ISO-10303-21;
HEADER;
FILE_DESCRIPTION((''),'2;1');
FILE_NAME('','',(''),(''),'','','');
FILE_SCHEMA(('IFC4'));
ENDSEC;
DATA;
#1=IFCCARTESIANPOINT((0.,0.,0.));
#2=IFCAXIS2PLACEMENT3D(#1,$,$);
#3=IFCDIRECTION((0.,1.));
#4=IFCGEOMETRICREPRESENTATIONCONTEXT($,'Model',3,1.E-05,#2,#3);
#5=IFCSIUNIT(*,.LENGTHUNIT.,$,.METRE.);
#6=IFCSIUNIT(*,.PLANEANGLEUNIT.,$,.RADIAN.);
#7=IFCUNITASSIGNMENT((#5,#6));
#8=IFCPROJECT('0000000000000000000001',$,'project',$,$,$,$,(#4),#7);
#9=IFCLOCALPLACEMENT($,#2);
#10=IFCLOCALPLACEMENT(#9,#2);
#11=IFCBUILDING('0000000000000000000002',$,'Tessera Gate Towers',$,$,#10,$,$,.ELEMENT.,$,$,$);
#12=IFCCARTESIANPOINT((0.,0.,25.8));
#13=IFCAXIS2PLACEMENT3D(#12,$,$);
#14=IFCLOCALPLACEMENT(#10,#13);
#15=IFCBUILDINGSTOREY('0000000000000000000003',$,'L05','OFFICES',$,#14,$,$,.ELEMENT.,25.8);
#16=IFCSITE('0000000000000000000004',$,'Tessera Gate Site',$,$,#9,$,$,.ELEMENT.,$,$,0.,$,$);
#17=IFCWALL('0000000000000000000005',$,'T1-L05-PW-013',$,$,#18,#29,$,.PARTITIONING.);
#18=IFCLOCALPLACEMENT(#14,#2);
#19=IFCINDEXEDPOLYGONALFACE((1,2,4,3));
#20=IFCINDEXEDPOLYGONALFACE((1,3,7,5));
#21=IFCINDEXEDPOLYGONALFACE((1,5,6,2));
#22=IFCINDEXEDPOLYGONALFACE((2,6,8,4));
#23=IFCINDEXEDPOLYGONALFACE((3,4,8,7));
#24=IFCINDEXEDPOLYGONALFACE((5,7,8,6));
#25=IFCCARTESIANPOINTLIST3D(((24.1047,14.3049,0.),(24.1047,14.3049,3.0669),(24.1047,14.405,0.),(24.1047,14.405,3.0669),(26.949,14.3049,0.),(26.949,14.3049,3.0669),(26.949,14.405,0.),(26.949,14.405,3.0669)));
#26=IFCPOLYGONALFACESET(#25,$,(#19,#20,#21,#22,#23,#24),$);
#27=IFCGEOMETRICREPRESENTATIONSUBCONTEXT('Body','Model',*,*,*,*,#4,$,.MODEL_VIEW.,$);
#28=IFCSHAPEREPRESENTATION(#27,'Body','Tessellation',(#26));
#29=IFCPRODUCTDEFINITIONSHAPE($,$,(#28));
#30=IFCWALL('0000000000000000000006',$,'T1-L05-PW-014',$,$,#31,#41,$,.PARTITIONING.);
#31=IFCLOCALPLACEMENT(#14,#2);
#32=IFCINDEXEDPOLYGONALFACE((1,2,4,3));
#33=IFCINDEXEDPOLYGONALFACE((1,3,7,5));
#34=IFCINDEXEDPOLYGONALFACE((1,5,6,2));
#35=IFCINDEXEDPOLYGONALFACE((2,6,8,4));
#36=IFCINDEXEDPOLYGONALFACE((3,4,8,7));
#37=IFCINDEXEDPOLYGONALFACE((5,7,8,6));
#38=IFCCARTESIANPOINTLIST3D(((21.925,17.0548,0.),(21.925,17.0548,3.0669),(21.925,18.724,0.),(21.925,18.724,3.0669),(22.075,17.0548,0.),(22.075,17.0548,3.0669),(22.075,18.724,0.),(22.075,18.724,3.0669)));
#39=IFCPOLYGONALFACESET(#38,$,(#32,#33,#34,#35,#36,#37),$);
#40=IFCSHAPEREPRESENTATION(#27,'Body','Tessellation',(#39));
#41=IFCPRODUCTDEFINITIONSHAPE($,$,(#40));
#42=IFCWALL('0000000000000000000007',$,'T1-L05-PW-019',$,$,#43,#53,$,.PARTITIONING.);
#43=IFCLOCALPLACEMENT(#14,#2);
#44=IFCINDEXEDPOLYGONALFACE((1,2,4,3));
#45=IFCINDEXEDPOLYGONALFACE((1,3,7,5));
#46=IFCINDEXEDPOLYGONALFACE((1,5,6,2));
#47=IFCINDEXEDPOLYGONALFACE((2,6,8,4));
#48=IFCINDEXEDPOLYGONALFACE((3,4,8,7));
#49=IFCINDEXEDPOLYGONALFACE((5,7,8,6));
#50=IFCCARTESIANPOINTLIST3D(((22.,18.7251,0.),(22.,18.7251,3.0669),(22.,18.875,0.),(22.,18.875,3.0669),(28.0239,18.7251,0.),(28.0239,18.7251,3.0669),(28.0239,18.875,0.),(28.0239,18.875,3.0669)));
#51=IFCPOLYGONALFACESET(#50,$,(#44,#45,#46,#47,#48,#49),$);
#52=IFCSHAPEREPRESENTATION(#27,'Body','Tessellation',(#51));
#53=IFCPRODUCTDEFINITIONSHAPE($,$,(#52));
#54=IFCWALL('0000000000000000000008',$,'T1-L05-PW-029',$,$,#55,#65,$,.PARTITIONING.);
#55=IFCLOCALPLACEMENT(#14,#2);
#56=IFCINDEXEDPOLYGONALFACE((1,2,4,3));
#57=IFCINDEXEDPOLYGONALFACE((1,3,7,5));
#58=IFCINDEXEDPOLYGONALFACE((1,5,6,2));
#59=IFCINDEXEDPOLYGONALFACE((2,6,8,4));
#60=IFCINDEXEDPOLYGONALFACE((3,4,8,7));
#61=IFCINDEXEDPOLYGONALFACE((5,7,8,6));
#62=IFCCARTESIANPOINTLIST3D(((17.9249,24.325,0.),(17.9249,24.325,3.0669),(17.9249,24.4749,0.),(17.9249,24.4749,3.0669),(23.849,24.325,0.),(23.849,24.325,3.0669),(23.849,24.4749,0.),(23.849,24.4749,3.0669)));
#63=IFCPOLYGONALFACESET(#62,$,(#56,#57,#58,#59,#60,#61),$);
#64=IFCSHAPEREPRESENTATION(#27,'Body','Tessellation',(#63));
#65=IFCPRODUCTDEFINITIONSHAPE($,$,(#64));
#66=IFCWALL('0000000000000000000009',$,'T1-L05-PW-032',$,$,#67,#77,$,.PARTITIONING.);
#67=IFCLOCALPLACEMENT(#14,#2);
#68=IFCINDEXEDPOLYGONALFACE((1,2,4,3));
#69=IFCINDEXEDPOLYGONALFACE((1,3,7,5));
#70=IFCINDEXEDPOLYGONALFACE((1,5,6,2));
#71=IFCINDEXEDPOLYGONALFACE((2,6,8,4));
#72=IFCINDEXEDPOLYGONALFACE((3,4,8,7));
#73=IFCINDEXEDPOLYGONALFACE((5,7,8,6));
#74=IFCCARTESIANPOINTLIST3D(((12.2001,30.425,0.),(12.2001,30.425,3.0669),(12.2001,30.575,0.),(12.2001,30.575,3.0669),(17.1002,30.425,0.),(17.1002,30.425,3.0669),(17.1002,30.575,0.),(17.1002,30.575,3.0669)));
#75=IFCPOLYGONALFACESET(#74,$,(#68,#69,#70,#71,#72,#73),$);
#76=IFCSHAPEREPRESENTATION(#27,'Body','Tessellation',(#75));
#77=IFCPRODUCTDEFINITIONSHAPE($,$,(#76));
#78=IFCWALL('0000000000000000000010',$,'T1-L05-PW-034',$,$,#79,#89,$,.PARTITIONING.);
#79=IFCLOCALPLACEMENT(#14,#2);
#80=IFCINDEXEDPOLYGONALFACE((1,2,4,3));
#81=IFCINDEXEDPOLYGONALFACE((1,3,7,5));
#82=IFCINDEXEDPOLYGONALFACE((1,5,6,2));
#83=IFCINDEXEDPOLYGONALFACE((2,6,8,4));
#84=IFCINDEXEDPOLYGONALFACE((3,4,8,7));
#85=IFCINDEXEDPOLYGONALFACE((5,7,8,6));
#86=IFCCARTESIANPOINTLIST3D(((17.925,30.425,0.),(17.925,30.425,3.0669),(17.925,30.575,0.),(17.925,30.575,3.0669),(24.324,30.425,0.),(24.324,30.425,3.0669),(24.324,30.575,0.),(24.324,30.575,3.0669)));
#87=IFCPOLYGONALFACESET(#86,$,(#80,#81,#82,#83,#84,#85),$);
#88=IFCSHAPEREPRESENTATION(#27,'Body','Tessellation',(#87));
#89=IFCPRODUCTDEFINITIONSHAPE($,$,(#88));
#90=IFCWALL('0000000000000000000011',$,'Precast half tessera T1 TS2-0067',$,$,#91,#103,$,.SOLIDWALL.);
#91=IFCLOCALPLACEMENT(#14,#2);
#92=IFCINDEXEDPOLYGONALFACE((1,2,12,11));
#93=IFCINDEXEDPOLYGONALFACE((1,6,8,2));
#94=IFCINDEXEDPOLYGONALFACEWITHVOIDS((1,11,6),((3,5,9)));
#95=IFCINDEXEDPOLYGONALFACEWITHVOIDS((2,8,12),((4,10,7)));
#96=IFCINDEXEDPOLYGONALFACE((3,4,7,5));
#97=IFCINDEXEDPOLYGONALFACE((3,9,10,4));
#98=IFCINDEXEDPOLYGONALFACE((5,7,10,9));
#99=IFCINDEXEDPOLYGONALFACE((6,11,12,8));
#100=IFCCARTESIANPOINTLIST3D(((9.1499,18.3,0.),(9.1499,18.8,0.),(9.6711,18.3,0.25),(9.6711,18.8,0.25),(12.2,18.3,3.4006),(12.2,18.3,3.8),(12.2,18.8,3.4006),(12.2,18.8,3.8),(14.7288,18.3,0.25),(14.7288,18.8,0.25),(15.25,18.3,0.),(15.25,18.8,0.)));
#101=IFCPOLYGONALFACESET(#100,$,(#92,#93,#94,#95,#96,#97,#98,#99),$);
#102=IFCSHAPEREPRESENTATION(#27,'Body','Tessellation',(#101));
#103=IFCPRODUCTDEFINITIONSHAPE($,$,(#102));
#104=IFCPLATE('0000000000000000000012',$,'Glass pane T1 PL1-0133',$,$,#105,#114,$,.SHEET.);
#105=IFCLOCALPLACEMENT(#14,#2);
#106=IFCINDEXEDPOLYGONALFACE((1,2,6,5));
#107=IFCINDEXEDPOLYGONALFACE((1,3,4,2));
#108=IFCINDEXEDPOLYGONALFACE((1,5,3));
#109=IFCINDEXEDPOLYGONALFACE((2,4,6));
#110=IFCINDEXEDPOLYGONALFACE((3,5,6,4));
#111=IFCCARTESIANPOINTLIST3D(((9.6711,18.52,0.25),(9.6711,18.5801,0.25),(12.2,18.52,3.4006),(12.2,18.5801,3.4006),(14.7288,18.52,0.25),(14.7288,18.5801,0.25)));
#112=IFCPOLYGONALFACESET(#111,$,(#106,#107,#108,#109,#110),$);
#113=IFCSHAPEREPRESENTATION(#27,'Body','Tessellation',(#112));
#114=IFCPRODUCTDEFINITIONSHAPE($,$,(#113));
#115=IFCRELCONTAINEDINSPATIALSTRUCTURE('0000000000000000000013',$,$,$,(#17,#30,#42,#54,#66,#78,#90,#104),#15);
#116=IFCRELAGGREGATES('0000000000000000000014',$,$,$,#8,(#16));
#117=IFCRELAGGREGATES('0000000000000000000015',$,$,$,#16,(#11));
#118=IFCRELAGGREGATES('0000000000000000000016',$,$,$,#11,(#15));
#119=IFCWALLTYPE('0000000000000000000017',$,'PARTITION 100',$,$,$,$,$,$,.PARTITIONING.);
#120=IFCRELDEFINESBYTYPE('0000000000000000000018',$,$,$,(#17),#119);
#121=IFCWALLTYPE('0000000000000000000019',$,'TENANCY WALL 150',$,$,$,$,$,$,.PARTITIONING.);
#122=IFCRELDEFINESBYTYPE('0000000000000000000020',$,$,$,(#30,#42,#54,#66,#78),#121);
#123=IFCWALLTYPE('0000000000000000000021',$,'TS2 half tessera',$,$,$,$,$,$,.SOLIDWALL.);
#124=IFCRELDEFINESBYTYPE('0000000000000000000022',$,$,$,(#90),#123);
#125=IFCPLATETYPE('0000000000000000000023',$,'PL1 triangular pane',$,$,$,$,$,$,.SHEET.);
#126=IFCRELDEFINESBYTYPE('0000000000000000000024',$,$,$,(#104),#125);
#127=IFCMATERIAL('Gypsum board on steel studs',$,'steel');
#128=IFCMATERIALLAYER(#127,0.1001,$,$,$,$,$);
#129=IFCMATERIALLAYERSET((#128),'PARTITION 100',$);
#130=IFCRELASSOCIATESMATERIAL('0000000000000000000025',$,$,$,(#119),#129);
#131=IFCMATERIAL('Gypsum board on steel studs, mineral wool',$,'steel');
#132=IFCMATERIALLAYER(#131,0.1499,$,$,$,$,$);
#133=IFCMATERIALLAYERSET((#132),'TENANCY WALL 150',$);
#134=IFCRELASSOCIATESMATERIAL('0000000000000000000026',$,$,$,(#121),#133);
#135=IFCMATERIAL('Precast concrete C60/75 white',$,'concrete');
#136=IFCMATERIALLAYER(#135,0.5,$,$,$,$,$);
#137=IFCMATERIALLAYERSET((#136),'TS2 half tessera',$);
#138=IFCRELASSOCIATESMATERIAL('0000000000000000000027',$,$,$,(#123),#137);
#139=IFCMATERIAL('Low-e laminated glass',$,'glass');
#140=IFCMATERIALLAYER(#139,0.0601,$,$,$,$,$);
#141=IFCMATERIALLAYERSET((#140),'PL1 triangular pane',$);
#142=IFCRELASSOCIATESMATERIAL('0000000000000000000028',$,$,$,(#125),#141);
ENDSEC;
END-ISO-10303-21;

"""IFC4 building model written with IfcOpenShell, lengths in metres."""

from ifc_helpers import new_model, si_unit, direction, frame, frame_2d, origin, place, context, subcontext, project, spatial, polyline, rectangle, outline, extrude, source, transform, mapped, material, layer, layer_set, type_object, element, fill, save


model = new_model("IFC4")

# Units and contexts
model_context = context("Model", 3, precision=1e-05, world=origin(), true_north=direction((0.0, 1.0)))
body_context = subcontext(model_context, "Body", "Model", "MODEL_VIEW")
ifc_project = project(units=[si_unit("LENGTHUNIT", "METRE"), si_unit("PLANEANGLEUNIT", "RADIAN")], contexts=[model_context])

# Site, building, storey
site_placement = place(None, origin())
site = spatial("IfcSite", under=ifc_project, at=site_placement, Name="Tessera Gate Site", CompositionType="ELEMENT", RefElevation=0.0)
building_placement = place(site_placement, origin())
building = spatial("IfcBuilding", under=site, at=building_placement, Name="Tessera Gate Towers", CompositionType="ELEMENT")
storey_placement = place(building_placement, frame((0.0, 0.0, 25.8)))
storey = spatial("IfcBuildingStorey", under=building, at=storey_placement, Name="L05", Description="OFFICES", CompositionType="ELEMENT", Elevation=25.8)

# Walls
ifc_material_1 = material(Name="Gypsum board on steel studs", Category="steel")
ifc_layer_1 = layer(ifc_material_1, 0.1001)
ifc_layer_set_1 = layer_set([ifc_layer_1], Name="PARTITION 100")
wall_type_1 = type_object("IfcWallType", Name="PARTITION 100", PredefinedType="PARTITIONING", material=ifc_layer_set_1)
wall_1_placement = place(storey_placement, frame((24.1047, 14.355, 0.0), z_axis=(0.0, 0.0, 1.0), x_axis=(1.0, 0.0, 0.0)))
element("IfcWall", 1, at=wall_1_placement, inside=storey, type_object=wall_type_1, Name="T1-L05-PW-013", PredefinedType="PARTITIONING", context=body_context, shape_type="SweptSolid", body=[
    extrude(rectangle(XDim=2.8442, YDim=0.1001, at=frame_2d((1.4221, 0.0))), origin(), (0.0, 0.0, 1.0), 3.0669),
])
ifc_material_2 = material(Name="Gypsum board on steel studs, mineral wool", Category="steel")
ifc_layer_2 = layer(ifc_material_2, 0.1499)
ifc_layer_set_2 = layer_set([ifc_layer_2], Name="TENANCY WALL 150")
wall_type_2 = type_object("IfcWallType", Name="TENANCY WALL 150", PredefinedType="PARTITIONING", material=ifc_layer_set_2)
wall_2_placement = place(storey_placement, frame((22.0, 17.0549, 0.0), z_axis=(0.0, 0.0, 1.0), x_axis=(0.0, 1.0, 0.0)))
element("IfcWall", 2, at=wall_2_placement, inside=storey, type_object=wall_type_2, Name="T1-L05-PW-014", PredefinedType="PARTITIONING", context=body_context, shape_type="SweptSolid", body=[
    extrude(rectangle(XDim=1.6692, YDim=0.1499, at=frame_2d((0.8345, 0.0))), origin(), (0.0, 0.0, 1.0), 3.0669),
])
wall_3_placement = place(storey_placement, frame((22.0, 18.8, 0.0), z_axis=(0.0, 0.0, 1.0), x_axis=(1.0, 0.0, 0.0)))
element("IfcWall", 3, at=wall_3_placement, inside=storey, type_object=wall_type_2, Name="T1-L05-PW-019", PredefinedType="PARTITIONING", context=body_context, shape_type="SweptSolid", body=[
    extrude(rectangle(XDim=6.0239, YDim=0.1499, at=frame_2d((3.012, 0.0))), origin(), (0.0, 0.0, 1.0), 3.0669),
])
wall_4_placement = place(storey_placement, frame((17.925, 24.3999, 0.0), z_axis=(0.0, 0.0, 1.0), x_axis=(1.0, 0.0, 0.0)))
element("IfcWall", 4, at=wall_4_placement, inside=storey, type_object=wall_type_2, Name="T1-L05-PW-029", PredefinedType="PARTITIONING", context=body_context, shape_type="SweptSolid", body=[
    extrude(rectangle(XDim=5.9241, YDim=0.1499, at=frame_2d((2.9619, 0.0))), origin(), (0.0, 0.0, 1.0), 3.0669),
])
wall_5_placement = place(storey_placement, frame((12.2, 30.5, 0.0), z_axis=(0.0, 0.0, 1.0), x_axis=(1.0, 0.0, 0.0)))
element("IfcWall", 5, at=wall_5_placement, inside=storey, type_object=wall_type_2, Name="T1-L05-PW-032", PredefinedType="PARTITIONING", context=body_context, shape_type="SweptSolid", body=[
    extrude(rectangle(XDim=4.9001, YDim=0.1499, at=frame_2d((2.4502, 0.0))), origin(), (0.0, 0.0, 1.0), 3.0669),
])
wall_6_placement = place(storey_placement, frame((17.925, 30.5, 0.0), z_axis=(0.0, 0.0, 1.0), x_axis=(1.0, 0.0, 0.0)))
element("IfcWall", 6, at=wall_6_placement, inside=storey, type_object=wall_type_2, Name="T1-L05-PW-034", PredefinedType="PARTITIONING", context=body_context, shape_type="SweptSolid", body=[
    extrude(rectangle(XDim=6.3989, YDim=0.1499, at=frame_2d((3.1995, 0.0))), origin(), (0.0, 0.0, 1.0), 3.0669),
])

# Wall, opening, plate
ifc_material_3 = material(Name="Precast concrete C60/75 white", Category="concrete")
ifc_layer_3 = layer(ifc_material_3, 0.5)
ifc_layer_set_3 = layer_set([ifc_layer_3], Name="TS2 half tessera")
wall_type_3 = type_object("IfcWallType", Name="TS2 half tessera", PredefinedType="SOLIDWALL", material=ifc_layer_set_3)
shared_shape_1 = source(origin(), body_context, "Body", "SweptSolid", [
    extrude(outline(polyline([(6.1001, 0.0), (3.05, 3.8), (0.0, 0.0), (6.1001, 0.0)])), frame((0.0, 0.25, 0.0), z_axis=(0.0, -1.0, 0.0), x_axis=(1.0, 0.0, 0.0)), (0.0, 0.0, 1.0), 0.5),
])
wall_7_placement = place(storey_placement, frame((9.1499, 18.55, 0.0), z_axis=(0.0, 0.0, 1.0), x_axis=(1.0, 0.0, 0.0)))
wall_7 = element("IfcWall", 7, at=wall_7_placement, inside=storey, type_object=wall_type_3, Name="Precast half tessera T1 TS2-0067", PredefinedType="SOLIDWALL", context=body_context, shape_type="MappedRepresentation", body=[
    mapped(shared_shape_1, transform((0.0, 0.0, 0.0), scale=1.0)),
])
shared_shape_2 = source(origin(), body_context, "Body", "SweptSolid", [
    extrude(outline(polyline([(5.5789, 0.25), (3.05, 3.4006), (0.5212, 0.25), (5.5789, 0.25)])), frame((0.0, 0.26, 0.0), z_axis=(0.0, -1.0, 0.0), x_axis=(1.0, 0.0, 0.0)), (0.0, 0.0, 1.0), 0.52),
])
opening_1_placement = place(wall_7_placement, origin())
opening_1 = element("IfcOpeningElement", 8, at=opening_1_placement, cuts=wall_7, PredefinedType="OPENING", context=body_context, shape_type="MappedRepresentation", body=[
    mapped(shared_shape_2, transform((0.0, 0.0, 0.0), scale=1.0)),
])
ifc_material_4 = material(Name="Low-e laminated glass", Category="glass")
ifc_layer_4 = layer(ifc_material_4, 0.0601)
ifc_layer_set_4 = layer_set([ifc_layer_4], Name="PL1 triangular pane")
plate_type = type_object("IfcPlateType", Name="PL1 triangular pane", PredefinedType="SHEET", material=ifc_layer_set_4)
shared_shape_3 = source(origin(), body_context, "Body", "SweptSolid", [
    extrude(outline(polyline([(5.5789, 0.25), (3.05, 3.4006), (0.5212, 0.25), (5.5789, 0.25)])), frame((0.0, 0.03, 0.0), z_axis=(0.0, -1.0, 0.0), x_axis=(1.0, 0.0, 0.0)), (0.0, 0.0, 1.0), 0.0601),
])
plate_placement = place(opening_1_placement, origin())
plate = element("IfcPlate", 9, at=plate_placement, inside=storey, type_object=plate_type, Name="Glass pane T1 PL1-0133", PredefinedType="SHEET", context=body_context, shape_type="MappedRepresentation", body=[
    mapped(shared_shape_3, transform((0.0, 0.0, 0.0), scale=1.0)),
])
fill(opening_1, plate)

save(model, "model.ifc")
